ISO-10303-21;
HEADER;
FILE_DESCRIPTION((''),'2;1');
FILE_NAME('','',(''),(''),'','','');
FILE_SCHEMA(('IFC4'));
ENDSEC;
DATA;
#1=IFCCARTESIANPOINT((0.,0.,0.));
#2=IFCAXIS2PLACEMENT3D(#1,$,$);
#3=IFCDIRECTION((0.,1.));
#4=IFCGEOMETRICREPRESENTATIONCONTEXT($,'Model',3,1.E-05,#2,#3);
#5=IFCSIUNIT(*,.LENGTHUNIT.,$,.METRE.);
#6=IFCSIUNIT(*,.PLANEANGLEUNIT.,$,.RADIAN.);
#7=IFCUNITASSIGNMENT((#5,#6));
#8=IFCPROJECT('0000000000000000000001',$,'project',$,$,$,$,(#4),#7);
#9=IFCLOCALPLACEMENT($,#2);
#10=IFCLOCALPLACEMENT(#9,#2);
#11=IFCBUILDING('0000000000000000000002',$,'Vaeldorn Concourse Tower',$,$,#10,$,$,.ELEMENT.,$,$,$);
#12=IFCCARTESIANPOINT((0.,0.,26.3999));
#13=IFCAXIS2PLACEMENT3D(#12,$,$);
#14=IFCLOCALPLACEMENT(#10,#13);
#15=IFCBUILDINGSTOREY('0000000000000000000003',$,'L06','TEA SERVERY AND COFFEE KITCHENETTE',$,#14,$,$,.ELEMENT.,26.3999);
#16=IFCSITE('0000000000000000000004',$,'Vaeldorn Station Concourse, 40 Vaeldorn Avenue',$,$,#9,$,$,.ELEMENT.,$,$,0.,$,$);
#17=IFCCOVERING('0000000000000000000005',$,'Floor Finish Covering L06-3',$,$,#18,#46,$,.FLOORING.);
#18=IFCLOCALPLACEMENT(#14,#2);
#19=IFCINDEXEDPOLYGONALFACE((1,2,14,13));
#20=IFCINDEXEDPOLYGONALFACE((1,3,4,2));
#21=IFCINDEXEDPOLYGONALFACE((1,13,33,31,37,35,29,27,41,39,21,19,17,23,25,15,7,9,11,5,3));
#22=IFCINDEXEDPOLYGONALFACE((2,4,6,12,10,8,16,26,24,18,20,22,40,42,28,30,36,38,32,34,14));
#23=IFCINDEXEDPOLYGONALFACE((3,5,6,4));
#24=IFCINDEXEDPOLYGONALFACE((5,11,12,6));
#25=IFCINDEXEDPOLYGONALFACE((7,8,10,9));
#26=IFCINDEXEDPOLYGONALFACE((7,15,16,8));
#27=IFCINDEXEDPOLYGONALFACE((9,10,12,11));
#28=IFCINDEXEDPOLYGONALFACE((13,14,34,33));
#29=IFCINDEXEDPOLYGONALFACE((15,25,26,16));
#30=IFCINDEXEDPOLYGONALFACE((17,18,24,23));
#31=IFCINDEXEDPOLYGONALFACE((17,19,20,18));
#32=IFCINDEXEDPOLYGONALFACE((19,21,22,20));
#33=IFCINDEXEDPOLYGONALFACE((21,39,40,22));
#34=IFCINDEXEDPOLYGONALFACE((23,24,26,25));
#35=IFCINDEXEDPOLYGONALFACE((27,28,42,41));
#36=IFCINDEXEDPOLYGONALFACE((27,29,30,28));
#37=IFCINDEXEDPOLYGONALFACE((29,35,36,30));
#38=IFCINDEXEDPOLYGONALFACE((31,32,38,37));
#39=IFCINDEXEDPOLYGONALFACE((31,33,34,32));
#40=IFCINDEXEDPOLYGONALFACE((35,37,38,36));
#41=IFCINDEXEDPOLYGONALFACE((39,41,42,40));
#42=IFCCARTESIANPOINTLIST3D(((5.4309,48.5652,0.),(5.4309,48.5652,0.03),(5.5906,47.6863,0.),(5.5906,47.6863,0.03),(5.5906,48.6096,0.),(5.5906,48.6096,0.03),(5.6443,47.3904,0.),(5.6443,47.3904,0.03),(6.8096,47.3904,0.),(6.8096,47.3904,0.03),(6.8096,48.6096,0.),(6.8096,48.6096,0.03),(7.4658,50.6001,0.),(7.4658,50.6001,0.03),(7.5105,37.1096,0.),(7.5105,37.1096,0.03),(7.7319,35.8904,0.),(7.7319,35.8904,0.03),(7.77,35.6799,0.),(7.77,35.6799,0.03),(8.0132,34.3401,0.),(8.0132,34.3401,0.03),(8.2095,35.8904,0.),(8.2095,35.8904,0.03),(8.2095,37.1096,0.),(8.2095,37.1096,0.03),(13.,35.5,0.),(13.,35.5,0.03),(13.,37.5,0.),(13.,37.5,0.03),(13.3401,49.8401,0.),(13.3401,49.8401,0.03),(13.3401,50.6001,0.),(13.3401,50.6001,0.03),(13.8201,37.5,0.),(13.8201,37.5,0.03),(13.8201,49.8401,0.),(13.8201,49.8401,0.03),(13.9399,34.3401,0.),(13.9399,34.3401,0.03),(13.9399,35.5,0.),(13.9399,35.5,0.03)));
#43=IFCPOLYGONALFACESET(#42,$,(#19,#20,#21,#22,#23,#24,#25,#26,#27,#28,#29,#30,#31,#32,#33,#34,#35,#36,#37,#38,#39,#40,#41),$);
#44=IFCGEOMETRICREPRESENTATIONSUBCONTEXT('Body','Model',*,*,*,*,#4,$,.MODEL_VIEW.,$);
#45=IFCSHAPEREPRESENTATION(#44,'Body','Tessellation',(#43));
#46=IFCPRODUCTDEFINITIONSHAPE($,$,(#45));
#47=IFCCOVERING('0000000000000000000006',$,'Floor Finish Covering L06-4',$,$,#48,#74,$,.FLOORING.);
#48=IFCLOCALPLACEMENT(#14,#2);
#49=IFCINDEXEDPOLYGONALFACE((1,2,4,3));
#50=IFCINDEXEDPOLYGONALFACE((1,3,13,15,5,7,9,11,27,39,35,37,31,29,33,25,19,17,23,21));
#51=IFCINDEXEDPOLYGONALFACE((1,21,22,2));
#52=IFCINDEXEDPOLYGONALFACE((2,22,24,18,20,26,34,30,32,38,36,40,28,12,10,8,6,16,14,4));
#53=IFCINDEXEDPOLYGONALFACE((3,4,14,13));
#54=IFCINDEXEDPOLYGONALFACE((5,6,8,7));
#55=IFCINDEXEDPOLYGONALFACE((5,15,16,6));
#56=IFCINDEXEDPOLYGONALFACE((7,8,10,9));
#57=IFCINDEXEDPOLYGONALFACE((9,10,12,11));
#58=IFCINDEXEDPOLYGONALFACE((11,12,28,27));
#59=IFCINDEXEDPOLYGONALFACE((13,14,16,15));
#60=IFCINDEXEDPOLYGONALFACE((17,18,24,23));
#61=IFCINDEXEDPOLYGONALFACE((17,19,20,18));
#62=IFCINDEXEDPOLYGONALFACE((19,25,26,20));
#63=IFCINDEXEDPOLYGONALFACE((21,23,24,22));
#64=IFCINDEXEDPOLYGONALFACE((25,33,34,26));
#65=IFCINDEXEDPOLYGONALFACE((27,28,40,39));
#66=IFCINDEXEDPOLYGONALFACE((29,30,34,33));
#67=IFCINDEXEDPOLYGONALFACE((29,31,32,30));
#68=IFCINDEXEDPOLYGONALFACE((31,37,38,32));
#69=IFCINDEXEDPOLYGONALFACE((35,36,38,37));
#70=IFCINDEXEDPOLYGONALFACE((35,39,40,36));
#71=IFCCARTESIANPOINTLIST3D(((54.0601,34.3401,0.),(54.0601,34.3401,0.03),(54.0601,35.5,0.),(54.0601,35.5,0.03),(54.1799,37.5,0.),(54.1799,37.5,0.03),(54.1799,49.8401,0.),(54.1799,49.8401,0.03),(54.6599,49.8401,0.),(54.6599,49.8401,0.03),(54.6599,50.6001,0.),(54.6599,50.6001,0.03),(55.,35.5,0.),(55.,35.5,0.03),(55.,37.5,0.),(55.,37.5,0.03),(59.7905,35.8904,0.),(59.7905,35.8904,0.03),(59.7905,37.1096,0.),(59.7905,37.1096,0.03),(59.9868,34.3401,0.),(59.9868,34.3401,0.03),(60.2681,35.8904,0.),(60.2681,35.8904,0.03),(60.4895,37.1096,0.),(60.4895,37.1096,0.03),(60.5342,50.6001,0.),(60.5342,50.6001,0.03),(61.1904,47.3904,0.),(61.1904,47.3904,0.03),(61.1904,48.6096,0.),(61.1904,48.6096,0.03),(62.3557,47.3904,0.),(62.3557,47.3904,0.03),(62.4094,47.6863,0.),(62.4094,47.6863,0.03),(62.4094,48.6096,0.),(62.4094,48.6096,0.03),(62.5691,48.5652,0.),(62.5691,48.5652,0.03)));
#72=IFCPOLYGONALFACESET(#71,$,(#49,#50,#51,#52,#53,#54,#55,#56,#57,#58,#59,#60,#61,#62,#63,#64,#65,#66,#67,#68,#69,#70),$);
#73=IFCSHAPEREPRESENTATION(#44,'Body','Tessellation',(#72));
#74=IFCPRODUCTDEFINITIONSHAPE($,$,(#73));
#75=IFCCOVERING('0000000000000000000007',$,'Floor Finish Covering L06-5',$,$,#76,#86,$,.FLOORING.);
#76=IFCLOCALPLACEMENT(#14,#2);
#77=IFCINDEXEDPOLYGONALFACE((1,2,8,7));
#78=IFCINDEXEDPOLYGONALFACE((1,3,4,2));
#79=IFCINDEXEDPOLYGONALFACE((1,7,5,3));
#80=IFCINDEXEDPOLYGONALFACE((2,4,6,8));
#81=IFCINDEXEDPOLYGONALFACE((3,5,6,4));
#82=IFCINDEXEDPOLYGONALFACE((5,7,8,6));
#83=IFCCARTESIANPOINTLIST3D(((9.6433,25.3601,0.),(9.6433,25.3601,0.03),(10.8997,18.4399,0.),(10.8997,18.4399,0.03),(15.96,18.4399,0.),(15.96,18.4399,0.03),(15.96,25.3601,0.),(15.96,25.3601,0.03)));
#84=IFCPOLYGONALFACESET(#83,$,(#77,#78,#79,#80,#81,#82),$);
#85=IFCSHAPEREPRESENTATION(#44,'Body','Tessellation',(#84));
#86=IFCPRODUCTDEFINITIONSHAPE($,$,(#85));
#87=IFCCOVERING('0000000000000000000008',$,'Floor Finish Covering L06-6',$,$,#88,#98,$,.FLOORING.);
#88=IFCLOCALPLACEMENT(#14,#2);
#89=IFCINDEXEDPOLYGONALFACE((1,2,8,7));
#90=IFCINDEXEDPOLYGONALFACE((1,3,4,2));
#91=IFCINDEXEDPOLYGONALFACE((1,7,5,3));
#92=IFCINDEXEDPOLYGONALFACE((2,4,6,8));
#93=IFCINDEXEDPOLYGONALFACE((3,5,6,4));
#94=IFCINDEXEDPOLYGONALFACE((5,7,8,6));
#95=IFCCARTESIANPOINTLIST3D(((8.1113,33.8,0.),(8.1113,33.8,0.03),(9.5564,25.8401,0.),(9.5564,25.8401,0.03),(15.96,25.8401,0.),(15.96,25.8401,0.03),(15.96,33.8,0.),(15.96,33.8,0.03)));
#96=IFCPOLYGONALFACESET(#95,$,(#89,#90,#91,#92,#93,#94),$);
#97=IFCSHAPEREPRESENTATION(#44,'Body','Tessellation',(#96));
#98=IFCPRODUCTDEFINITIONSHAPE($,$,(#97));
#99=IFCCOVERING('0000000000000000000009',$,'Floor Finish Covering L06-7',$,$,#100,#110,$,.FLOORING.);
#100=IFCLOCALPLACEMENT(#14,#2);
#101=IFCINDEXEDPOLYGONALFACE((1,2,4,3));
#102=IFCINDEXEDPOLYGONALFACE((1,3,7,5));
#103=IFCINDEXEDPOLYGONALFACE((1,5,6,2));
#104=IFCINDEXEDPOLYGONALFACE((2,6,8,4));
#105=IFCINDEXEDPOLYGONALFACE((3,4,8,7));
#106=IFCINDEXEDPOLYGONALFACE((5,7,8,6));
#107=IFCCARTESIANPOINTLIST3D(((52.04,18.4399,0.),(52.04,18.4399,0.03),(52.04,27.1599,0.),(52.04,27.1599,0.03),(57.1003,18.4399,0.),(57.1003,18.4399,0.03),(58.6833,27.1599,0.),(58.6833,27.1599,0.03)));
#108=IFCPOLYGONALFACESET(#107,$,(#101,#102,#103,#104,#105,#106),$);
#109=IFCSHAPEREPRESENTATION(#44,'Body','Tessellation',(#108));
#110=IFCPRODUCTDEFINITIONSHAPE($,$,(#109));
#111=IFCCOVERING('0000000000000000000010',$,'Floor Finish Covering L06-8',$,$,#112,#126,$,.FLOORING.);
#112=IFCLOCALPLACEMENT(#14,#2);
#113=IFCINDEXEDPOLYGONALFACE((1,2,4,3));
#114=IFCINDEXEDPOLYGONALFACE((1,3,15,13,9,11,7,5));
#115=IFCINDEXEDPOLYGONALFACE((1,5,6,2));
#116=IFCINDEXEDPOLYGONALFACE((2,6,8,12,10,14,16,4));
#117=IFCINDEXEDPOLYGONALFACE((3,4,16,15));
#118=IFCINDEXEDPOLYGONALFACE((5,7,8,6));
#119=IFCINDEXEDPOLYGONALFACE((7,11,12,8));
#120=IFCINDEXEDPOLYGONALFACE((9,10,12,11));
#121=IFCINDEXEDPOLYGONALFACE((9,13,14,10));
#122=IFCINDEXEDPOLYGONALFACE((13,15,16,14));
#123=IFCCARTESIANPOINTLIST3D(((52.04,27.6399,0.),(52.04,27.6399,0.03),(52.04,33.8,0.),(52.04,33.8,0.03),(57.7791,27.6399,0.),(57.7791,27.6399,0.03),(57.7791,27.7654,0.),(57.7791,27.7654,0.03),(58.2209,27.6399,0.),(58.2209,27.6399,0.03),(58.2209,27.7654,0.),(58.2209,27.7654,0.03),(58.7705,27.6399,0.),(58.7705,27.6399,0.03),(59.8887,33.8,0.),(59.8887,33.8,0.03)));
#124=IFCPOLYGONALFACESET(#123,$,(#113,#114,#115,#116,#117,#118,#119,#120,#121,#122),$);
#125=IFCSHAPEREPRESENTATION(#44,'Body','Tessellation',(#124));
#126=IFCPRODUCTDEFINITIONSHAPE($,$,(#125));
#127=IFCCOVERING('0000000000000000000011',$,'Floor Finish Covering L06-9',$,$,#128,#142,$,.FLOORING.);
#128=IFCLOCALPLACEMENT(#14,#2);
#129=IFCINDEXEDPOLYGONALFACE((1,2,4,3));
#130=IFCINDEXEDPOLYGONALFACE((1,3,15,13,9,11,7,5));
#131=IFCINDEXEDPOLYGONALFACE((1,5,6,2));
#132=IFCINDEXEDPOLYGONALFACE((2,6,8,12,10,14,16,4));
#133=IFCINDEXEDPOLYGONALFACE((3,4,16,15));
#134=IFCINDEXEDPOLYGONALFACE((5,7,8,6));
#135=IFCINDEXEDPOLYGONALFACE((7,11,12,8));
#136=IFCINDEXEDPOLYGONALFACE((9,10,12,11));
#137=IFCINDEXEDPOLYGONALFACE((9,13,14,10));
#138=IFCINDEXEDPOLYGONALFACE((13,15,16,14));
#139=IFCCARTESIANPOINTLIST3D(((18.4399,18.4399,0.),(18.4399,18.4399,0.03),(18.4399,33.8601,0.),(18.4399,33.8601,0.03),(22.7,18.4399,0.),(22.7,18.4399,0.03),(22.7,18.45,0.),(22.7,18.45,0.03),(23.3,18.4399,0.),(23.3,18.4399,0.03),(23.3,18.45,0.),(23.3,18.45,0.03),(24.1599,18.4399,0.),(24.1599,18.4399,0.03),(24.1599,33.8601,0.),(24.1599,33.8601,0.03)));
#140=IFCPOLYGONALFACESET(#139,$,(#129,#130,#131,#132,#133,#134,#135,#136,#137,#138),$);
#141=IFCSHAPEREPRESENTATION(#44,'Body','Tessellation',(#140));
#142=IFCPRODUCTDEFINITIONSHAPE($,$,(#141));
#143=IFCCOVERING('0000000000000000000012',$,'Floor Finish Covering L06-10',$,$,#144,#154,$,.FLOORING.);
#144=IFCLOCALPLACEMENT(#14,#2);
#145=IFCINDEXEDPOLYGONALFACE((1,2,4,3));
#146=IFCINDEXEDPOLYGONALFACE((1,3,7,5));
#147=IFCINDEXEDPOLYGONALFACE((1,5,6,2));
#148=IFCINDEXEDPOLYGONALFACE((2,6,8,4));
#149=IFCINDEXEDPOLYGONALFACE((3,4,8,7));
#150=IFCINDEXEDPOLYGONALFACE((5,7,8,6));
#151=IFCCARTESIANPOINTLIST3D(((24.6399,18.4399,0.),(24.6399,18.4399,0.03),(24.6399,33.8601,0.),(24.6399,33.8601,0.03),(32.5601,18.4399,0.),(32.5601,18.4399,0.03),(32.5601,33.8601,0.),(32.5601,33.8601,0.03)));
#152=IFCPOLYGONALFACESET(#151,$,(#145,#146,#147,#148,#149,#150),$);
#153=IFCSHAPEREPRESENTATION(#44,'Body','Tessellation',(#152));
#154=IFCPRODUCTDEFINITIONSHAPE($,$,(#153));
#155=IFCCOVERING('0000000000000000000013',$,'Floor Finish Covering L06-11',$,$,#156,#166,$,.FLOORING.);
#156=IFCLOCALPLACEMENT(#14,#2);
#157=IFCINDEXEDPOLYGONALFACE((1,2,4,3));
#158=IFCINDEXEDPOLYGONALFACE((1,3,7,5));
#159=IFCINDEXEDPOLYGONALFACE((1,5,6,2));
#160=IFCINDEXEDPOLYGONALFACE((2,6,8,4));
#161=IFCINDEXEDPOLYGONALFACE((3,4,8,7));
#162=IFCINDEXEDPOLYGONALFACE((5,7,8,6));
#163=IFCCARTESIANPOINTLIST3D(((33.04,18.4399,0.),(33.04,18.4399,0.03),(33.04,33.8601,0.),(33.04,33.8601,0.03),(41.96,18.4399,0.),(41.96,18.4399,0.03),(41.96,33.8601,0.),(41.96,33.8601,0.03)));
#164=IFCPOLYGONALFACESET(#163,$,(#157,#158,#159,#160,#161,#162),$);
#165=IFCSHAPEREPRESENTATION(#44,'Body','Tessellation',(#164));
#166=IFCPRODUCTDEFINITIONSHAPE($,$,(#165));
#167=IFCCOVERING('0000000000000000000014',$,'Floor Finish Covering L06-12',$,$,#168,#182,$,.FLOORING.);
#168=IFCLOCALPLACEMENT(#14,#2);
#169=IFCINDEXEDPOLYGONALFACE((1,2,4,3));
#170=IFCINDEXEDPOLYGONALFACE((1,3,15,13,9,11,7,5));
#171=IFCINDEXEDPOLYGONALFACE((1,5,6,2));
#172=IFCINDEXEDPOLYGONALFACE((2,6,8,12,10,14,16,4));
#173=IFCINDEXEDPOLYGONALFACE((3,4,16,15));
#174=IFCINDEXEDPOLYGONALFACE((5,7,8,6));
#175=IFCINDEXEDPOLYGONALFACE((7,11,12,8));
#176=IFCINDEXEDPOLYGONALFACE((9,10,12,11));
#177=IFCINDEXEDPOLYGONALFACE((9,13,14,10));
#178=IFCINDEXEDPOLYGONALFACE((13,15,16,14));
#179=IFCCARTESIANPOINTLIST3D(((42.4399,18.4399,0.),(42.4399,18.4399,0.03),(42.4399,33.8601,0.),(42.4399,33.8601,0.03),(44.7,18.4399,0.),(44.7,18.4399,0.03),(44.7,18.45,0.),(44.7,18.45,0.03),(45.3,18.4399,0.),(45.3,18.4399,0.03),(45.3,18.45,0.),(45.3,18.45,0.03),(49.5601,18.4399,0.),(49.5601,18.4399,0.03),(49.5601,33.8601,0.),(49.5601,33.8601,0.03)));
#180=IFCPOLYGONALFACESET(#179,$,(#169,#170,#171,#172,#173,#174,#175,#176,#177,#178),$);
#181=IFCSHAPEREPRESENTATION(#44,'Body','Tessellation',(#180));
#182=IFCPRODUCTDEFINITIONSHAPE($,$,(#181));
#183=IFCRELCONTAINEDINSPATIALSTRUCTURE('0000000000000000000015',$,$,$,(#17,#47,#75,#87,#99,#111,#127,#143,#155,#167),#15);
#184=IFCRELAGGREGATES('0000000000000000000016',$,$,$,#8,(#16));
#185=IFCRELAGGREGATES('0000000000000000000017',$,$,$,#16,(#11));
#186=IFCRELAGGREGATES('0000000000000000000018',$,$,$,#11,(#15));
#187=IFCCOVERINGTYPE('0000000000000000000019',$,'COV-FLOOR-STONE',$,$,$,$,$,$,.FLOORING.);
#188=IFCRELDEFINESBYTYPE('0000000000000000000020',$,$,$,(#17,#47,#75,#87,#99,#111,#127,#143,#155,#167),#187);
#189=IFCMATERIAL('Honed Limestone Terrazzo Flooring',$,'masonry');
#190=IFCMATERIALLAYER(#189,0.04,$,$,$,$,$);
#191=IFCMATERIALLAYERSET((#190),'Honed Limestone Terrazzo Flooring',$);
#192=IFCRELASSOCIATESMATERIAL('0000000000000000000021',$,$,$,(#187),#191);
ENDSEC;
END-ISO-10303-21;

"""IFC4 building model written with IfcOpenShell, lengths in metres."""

from ifc_helpers import new_model, si_unit, direction, frame, origin, place, context, subcontext, project, spatial, polyline, outline, extrude, material, layer, layer_set, type_object, element, save


model = new_model("IFC4")

# Units and contexts
model_context = context("Model", 3, precision=1e-05, world=origin(), true_north=direction((0.0, 1.0)))
body_context = subcontext(model_context, "Body", "Model", "MODEL_VIEW")
ifc_project = project(units=[si_unit("LENGTHUNIT", "METRE"), si_unit("PLANEANGLEUNIT", "RADIAN")], contexts=[model_context])

# Site, building, storey
site_placement = place(None, origin())
site = spatial("IfcSite", under=ifc_project, at=site_placement, Name="Vaeldorn Station Concourse, 40 Vaeldorn Avenue", CompositionType="ELEMENT", RefElevation=0.0)
building_placement = place(site_placement, origin())
building = spatial("IfcBuilding", under=site, at=building_placement, Name="Vaeldorn Concourse Tower", CompositionType="ELEMENT")
storey_placement = place(building_placement, frame((0.0, 0.0, 26.3999)))
storey = spatial("IfcBuildingStorey", under=building, at=storey_placement, Name="L06", Description="TEA SERVERY AND COFFEE KITCHENETTE", CompositionType="ELEMENT", Elevation=26.3999)

# Coverings
ifc_material_1 = material(Name="Honed Limestone Terrazzo Flooring", Category="masonry")
ifc_layer_1 = layer(ifc_material_1, 0.04)
ifc_layer_set_1 = layer_set([ifc_layer_1], Name="Honed Limestone Terrazzo Flooring")
covering_type_1 = type_object("IfcCoveringType", Name="COV-FLOOR-STONE", PredefinedType="FLOORING", material=ifc_layer_set_1)
covering_1_placement = place(storey_placement, origin())
element("IfcCovering", 1, at=covering_1_placement, inside=storey, type_object=covering_type_1, Name="Floor Finish Covering L06-3", PredefinedType="FLOORING", context=body_context, shape_type="SweptSolid", body=[
    extrude(outline(polyline([(7.4658, 50.6001), (13.3401, 50.6001), (13.3401, 49.8401), (13.8201, 49.8401), (13.8201, 37.5), (13.0, 37.5), (13.0, 35.5), (13.9399, 35.5), (13.9399, 34.3401), (8.0132, 34.3401), (7.77, 35.6799), (7.77, 35.6799), (7.7319, 35.8904), (8.2095, 35.8904), (8.2095, 37.1096), (7.5105, 37.1096), (5.6443, 47.3904), (6.8096, 47.3904), (6.8096, 48.6096), (5.5906, 48.6096), (5.5906, 47.6863), (5.4309, 48.5652), (7.4658, 50.6001)])), origin(), (0.0, 0.0, 1.0), 0.03),
])
covering_2_placement = place(storey_placement, origin())
element("IfcCovering", 2, at=covering_2_placement, inside=storey, type_object=covering_type_1, Name="Floor Finish Covering L06-4", PredefinedType="FLOORING", context=body_context, shape_type="SweptSolid", body=[
    extrude(outline(polyline([(54.1799, 49.8401), (54.6599, 49.8401), (54.6599, 50.6001), (60.5342, 50.6001), (62.5691, 48.5652), (62.4094, 47.6863), (62.4094, 48.6096), (61.1904, 48.6096), (61.1904, 47.3904), (62.3557, 47.3904), (60.4895, 37.1096), (59.7905, 37.1096), (59.7905, 35.8904), (60.2681, 35.8904), (59.9868, 34.3401), (54.0601, 34.3401), (54.0601, 35.5), (55.0, 35.5), (55.0, 37.5), (54.1799, 37.5), (54.1799, 49.8401)])), origin(), (0.0, 0.0, 1.0), 0.03),
])
covering_3_placement = place(storey_placement, origin())
element("IfcCovering", 3, at=covering_3_placement, inside=storey, type_object=covering_type_1, Name="Floor Finish Covering L06-5", PredefinedType="FLOORING", context=body_context, shape_type="SweptSolid", body=[
    extrude(outline(polyline([(15.96, 25.3601), (15.96, 18.4399), (10.8997, 18.4399), (9.6433, 25.3601), (15.96, 25.3601)])), origin(), (0.0, 0.0, 1.0), 0.03),
])
covering_4_placement = place(storey_placement, origin())
element("IfcCovering", 4, at=covering_4_placement, inside=storey, type_object=covering_type_1, Name="Floor Finish Covering L06-6", PredefinedType="FLOORING", context=body_context, shape_type="SweptSolid", body=[
    extrude(outline(polyline([(15.96, 33.8), (15.96, 25.8401), (9.5564, 25.8401), (8.1113, 33.8), (15.96, 33.8)])), origin(), (0.0, 0.0, 1.0), 0.03),
])
covering_5_placement = place(storey_placement, origin())
element("IfcCovering", 5, at=covering_5_placement, inside=storey, type_object=covering_type_1, Name="Floor Finish Covering L06-7", PredefinedType="FLOORING", context=body_context, shape_type="SweptSolid", body=[
    extrude(outline(polyline([(52.04, 27.1599), (58.6833, 27.1599), (57.1003, 18.4399), (52.04, 18.4399), (52.04, 27.1599)])), origin(), (0.0, 0.0, 1.0), 0.03),
])
covering_6_placement = place(storey_placement, origin())
element("IfcCovering", 6, at=covering_6_placement, inside=storey, type_object=covering_type_1, Name="Floor Finish Covering L06-8", PredefinedType="FLOORING", context=body_context, shape_type="SweptSolid", body=[
    extrude(outline(polyline([(52.04, 33.8), (59.8887, 33.8), (58.7705, 27.6399), (58.2209, 27.6399), (58.2209, 27.7654), (57.7791, 27.7654), (57.7791, 27.6399), (52.04, 27.6399), (52.04, 33.8)])), origin(), (0.0, 0.0, 1.0), 0.03),
])
covering_7_placement = place(storey_placement, origin())
element("IfcCovering", 7, at=covering_7_placement, inside=storey, type_object=covering_type_1, Name="Floor Finish Covering L06-9", PredefinedType="FLOORING", context=body_context, shape_type="SweptSolid", body=[
    extrude(outline(polyline([(18.4399, 33.8601), (24.1599, 33.8601), (24.1599, 18.4399), (23.3, 18.4399), (23.3, 18.45), (22.7, 18.45), (22.7, 18.4399), (18.4399, 18.4399), (18.4399, 33.8601)])), origin(), (0.0, 0.0, 1.0), 0.03),
])
covering_8_placement = place(storey_placement, origin())
element("IfcCovering", 8, at=covering_8_placement, inside=storey, type_object=covering_type_1, Name="Floor Finish Covering L06-10", PredefinedType="FLOORING", context=body_context, shape_type="SweptSolid", body=[
    extrude(outline(polyline([(24.6399, 33.8601), (32.5601, 33.8601), (32.5601, 18.4399), (24.6399, 18.4399), (24.6399, 33.8601)])), origin(), (0.0, 0.0, 1.0), 0.03),
])
covering_9_placement = place(storey_placement, origin())
element("IfcCovering", 9, at=covering_9_placement, inside=storey, type_object=covering_type_1, Name="Floor Finish Covering L06-11", PredefinedType="FLOORING", context=body_context, shape_type="SweptSolid", body=[
    extrude(outline(polyline([(33.04, 33.8601), (41.96, 33.8601), (41.96, 18.4399), (33.04, 18.4399), (33.04, 33.8601)])), origin(), (0.0, 0.0, 1.0), 0.03),
])
covering_10_placement = place(storey_placement, origin())
element("IfcCovering", 10, at=covering_10_placement, inside=storey, type_object=covering_type_1, Name="Floor Finish Covering L06-12", PredefinedType="FLOORING", context=body_context, shape_type="SweptSolid", body=[
    extrude(outline(polyline([(42.4399, 33.8601), (49.5601, 33.8601), (49.5601, 18.4399), (45.3, 18.4399), (45.3, 18.45), (44.7, 18.45), (44.7, 18.4399), (42.4399, 18.4399), (42.4399, 33.8601)])), origin(), (0.0, 0.0, 1.0), 0.03),
])

save(model, "model.ifc")
